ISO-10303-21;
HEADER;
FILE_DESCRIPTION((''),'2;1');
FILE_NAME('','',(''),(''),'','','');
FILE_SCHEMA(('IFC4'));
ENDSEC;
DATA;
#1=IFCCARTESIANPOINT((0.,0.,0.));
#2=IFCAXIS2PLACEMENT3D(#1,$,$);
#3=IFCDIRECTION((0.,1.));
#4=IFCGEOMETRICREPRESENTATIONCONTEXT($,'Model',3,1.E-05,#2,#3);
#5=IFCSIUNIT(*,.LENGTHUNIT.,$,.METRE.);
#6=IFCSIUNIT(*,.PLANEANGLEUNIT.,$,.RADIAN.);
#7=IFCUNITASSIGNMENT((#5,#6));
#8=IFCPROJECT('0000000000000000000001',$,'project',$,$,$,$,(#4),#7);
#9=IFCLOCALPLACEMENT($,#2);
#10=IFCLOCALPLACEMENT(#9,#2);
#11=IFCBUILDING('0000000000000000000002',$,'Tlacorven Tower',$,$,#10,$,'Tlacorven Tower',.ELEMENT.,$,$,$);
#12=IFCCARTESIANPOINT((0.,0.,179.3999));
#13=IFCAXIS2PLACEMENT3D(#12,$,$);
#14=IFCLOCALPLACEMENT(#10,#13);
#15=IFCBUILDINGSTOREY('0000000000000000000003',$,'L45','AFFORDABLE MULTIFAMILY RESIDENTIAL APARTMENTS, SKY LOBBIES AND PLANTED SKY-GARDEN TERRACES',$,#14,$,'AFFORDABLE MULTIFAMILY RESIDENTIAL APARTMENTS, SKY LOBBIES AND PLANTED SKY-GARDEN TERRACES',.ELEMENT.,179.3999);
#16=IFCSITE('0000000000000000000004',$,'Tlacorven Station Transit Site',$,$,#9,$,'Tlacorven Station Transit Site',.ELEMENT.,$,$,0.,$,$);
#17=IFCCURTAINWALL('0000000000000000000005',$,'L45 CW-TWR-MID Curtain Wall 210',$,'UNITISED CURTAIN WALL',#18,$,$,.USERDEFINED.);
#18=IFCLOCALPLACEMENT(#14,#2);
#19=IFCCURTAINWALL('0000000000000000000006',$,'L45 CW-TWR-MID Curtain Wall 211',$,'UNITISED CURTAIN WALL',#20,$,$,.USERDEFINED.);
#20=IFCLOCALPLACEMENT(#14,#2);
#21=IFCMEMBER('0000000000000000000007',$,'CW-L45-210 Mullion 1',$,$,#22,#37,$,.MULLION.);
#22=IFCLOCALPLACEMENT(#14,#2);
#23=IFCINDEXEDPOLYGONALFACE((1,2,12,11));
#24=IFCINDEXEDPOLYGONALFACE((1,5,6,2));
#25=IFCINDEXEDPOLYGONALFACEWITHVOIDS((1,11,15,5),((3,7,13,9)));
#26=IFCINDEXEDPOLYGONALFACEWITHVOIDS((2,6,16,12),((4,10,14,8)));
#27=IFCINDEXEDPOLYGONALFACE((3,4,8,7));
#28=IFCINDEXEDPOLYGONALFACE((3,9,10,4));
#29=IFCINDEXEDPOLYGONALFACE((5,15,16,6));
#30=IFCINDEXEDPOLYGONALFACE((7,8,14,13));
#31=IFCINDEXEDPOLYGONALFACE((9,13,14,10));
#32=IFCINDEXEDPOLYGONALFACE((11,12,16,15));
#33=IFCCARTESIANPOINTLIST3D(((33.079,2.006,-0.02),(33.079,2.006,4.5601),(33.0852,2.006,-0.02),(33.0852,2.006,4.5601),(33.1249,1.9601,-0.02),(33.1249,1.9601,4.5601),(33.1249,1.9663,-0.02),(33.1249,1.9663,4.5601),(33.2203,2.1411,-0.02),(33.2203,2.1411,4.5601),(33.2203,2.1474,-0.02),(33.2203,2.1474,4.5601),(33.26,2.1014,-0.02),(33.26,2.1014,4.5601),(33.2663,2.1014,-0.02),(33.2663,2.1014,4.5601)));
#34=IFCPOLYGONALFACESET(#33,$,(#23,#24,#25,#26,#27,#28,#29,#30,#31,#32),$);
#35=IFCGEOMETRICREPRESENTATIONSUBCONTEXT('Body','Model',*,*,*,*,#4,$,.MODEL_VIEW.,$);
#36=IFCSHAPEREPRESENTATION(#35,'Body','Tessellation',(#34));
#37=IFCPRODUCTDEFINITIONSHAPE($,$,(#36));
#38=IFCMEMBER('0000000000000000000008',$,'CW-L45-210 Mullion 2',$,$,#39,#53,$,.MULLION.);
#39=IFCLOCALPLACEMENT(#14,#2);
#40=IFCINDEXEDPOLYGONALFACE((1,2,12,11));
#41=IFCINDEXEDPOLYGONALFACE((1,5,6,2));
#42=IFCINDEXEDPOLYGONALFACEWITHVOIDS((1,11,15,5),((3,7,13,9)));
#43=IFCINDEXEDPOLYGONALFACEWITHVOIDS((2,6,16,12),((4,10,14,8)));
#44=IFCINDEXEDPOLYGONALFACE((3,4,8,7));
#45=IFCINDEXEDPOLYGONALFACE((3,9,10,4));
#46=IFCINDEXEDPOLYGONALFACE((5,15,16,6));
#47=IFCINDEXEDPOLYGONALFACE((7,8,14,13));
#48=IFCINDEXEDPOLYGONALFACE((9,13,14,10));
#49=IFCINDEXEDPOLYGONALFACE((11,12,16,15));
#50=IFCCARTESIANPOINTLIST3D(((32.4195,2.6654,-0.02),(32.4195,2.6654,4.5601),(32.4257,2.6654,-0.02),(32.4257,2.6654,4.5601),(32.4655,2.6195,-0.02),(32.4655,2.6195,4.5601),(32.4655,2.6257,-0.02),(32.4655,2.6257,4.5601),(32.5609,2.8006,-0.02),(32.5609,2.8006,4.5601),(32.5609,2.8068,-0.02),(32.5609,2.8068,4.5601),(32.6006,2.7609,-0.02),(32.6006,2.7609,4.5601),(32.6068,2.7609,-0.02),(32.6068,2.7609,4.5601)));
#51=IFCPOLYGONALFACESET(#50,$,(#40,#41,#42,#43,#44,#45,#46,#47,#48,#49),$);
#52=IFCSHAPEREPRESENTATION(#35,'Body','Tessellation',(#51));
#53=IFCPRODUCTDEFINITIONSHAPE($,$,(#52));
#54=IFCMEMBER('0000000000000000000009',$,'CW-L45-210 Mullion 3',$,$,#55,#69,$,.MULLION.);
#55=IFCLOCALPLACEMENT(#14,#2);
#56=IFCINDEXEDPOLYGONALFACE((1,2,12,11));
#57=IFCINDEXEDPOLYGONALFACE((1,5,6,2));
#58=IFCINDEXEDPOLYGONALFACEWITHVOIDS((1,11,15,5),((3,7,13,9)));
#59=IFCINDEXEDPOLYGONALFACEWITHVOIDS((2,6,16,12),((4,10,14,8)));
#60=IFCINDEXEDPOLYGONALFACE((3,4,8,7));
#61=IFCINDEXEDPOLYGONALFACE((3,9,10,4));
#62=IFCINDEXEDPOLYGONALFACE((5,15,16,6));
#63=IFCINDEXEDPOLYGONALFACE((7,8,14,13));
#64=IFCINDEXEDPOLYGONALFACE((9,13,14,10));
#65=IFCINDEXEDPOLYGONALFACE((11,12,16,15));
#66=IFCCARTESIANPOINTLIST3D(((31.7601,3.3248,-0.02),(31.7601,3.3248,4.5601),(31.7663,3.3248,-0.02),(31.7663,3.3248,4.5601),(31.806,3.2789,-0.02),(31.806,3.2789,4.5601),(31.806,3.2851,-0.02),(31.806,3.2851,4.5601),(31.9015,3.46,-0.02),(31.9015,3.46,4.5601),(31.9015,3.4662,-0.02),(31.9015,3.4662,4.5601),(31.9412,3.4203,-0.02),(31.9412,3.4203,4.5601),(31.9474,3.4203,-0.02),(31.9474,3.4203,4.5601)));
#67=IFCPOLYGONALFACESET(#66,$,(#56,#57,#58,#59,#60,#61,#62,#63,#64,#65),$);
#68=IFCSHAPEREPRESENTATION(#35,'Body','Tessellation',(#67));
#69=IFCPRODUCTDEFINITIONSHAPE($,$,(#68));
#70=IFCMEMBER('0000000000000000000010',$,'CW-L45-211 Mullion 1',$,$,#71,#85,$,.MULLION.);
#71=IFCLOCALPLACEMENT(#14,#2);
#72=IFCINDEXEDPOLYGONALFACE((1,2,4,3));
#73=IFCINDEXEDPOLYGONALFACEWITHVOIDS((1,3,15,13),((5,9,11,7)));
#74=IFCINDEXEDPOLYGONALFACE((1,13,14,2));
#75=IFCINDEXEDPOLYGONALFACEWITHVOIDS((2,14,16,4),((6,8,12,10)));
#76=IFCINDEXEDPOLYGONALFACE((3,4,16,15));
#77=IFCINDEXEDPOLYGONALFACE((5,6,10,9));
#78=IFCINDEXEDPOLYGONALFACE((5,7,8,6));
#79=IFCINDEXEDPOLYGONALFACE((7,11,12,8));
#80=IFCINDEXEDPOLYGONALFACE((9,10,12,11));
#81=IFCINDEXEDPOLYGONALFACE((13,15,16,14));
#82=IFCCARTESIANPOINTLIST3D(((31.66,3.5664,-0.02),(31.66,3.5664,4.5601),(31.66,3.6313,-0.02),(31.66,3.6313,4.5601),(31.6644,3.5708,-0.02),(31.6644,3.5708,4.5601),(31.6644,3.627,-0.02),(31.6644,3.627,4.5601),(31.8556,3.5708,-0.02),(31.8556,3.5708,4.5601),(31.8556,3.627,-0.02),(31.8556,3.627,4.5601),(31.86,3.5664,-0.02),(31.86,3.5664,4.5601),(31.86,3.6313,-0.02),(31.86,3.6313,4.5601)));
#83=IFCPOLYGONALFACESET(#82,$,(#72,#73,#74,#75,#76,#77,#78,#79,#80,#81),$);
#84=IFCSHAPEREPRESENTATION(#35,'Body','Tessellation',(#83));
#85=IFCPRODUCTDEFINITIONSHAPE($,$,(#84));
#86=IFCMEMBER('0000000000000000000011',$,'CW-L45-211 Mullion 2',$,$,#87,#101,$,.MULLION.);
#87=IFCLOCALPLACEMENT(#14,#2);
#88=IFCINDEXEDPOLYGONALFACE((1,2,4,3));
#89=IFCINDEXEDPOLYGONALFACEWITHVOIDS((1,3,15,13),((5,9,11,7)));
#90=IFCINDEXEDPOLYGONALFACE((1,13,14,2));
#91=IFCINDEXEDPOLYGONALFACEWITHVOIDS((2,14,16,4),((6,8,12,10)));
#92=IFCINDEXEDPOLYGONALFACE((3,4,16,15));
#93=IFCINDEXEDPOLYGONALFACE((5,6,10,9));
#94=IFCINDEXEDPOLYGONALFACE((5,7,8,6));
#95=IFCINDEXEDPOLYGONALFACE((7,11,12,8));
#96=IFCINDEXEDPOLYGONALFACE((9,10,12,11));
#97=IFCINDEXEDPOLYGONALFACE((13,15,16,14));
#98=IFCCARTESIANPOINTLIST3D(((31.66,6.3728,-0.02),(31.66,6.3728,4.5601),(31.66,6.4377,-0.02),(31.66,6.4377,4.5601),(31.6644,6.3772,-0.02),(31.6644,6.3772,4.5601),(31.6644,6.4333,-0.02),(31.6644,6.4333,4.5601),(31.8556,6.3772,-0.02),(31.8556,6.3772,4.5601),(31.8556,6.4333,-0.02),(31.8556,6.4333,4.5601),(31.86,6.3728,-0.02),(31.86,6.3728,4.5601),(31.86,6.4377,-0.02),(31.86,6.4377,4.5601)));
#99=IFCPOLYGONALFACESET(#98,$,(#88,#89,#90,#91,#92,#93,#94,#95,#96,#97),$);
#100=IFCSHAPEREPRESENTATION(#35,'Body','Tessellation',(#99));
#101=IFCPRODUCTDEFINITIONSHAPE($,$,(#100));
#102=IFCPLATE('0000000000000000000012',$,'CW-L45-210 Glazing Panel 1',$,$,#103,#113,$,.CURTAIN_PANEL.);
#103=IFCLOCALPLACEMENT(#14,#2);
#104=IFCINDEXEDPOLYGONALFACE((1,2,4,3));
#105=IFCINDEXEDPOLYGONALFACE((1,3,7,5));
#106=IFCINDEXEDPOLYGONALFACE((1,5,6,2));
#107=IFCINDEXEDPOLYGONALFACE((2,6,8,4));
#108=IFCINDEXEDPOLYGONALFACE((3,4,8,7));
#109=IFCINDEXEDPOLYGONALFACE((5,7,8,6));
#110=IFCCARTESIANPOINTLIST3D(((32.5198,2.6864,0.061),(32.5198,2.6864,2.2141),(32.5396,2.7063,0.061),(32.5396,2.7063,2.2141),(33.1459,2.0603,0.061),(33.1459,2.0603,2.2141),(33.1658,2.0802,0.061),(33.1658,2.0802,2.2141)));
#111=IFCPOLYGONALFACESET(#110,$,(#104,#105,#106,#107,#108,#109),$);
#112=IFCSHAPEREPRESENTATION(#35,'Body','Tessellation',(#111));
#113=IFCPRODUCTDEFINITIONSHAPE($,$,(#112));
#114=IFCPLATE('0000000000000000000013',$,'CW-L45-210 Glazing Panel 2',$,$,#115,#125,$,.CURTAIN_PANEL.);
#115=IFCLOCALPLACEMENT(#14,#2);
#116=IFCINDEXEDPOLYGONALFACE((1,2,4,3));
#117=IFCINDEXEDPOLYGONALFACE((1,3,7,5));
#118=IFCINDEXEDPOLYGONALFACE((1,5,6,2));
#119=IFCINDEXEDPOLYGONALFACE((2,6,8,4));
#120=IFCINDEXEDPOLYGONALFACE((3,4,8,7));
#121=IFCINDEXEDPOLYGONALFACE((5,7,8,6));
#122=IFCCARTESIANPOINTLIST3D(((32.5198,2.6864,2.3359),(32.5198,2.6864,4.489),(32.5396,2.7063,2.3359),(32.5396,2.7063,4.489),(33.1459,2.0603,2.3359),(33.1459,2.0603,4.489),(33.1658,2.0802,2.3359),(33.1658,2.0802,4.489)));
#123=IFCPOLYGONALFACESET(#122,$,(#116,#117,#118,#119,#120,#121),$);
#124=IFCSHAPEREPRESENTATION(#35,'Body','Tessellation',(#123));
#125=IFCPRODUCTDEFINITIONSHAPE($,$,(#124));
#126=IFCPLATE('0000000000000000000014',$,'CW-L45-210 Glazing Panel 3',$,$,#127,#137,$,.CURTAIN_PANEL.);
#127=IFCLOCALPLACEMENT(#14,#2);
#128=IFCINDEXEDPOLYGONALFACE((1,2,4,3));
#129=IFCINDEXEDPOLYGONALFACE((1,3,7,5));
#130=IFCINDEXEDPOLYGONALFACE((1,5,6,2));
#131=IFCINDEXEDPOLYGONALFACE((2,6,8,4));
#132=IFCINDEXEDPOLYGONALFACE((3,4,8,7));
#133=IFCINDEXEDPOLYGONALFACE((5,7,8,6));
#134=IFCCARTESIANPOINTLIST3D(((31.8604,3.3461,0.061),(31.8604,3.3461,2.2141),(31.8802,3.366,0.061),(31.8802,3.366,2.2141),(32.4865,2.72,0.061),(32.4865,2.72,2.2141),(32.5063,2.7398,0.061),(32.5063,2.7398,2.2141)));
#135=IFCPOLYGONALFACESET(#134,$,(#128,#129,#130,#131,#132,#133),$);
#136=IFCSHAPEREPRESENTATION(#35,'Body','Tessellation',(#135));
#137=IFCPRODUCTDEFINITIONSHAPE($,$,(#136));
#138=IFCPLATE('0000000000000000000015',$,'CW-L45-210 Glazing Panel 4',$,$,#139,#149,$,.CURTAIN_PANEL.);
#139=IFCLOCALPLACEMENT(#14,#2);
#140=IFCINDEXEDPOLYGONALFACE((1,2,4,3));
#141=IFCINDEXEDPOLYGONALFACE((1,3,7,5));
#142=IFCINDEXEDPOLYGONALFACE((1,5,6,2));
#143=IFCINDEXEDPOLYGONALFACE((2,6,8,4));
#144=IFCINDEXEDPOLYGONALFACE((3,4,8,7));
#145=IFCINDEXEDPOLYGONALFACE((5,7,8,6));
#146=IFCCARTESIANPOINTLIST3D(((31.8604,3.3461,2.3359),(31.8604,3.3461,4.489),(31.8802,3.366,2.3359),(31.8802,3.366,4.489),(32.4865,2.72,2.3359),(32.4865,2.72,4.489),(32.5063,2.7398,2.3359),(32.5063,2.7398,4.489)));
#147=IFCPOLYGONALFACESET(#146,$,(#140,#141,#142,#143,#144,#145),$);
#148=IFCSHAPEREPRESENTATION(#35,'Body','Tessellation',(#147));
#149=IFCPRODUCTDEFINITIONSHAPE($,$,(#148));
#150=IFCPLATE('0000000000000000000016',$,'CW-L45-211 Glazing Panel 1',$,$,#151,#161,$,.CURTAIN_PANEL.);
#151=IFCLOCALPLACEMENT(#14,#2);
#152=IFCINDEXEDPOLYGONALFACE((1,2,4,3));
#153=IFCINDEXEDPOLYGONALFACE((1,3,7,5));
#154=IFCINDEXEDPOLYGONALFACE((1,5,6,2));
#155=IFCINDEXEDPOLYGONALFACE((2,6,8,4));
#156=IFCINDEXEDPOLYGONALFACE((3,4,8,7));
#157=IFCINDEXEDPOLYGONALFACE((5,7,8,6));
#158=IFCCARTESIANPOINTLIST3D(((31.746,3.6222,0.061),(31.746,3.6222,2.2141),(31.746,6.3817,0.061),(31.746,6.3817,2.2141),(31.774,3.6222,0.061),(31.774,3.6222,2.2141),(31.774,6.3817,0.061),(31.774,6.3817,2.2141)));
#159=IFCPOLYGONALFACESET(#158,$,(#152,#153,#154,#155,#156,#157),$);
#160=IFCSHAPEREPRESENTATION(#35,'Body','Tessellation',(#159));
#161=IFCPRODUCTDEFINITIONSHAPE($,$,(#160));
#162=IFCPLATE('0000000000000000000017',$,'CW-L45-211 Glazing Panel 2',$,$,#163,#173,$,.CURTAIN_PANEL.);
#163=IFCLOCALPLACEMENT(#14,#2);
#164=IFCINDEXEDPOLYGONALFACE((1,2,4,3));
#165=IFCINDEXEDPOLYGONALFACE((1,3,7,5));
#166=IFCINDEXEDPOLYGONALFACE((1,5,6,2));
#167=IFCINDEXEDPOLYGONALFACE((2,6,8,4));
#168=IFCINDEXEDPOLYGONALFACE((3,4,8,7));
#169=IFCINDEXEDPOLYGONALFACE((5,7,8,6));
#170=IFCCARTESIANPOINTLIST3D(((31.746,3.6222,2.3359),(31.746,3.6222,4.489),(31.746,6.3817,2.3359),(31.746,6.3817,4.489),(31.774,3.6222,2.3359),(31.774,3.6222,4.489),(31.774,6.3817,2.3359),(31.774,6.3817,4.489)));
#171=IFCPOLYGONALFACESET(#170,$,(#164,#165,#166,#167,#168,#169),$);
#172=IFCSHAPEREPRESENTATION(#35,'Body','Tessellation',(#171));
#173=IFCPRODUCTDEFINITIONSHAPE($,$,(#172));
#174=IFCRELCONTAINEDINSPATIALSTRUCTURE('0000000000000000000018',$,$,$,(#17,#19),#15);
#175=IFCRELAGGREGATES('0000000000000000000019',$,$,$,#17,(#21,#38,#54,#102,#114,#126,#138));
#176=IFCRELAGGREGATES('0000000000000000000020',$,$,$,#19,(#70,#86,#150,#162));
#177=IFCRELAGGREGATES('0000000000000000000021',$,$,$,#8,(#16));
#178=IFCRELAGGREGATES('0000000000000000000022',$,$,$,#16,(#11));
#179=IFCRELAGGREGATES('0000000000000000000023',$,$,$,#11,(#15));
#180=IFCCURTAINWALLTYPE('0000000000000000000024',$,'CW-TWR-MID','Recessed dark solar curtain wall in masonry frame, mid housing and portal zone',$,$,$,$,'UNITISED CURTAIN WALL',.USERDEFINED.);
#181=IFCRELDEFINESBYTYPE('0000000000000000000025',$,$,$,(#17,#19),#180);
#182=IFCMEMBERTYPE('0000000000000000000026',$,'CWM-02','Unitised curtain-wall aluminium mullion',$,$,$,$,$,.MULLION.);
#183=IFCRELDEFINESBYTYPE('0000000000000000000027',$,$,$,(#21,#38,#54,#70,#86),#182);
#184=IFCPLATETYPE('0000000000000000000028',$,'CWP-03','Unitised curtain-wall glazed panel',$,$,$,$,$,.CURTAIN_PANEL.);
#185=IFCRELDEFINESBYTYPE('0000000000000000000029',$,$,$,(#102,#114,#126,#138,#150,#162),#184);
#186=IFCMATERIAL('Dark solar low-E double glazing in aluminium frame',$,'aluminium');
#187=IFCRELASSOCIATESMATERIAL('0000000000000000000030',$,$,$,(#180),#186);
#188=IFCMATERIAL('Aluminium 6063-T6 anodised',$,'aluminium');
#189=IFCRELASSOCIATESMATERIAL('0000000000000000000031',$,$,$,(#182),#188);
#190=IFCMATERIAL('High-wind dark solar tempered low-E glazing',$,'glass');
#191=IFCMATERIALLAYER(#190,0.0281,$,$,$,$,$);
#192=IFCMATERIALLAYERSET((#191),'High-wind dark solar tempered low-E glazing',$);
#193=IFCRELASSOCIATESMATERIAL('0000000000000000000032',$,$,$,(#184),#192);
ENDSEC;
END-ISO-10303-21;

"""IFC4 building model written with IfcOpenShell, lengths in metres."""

from ifc_helpers import new_model, si_unit, direction, frame, origin, origin_2d, place, context, subcontext, project, spatial, rectangle, hollow_rectangle, extrude, source, transform, mapped, material, layer, layer_set, material_profile, profile_set, type_object, element, aggregate, save


model = new_model("IFC4")

# Units and contexts
model_context = context("Model", 3, precision=1e-05, world=origin(), true_north=direction((0.0, 1.0)))
body_context = subcontext(model_context, "Body", "Model", "MODEL_VIEW")
ifc_project = project(units=[si_unit("LENGTHUNIT", "METRE"), si_unit("PLANEANGLEUNIT", "RADIAN")], contexts=[model_context])

# Site, building, storey
site_placement = place(None, origin())
site = spatial("IfcSite", under=ifc_project, at=site_placement, Name="Tlacorven Station Transit Site", LongName="Tlacorven Station Transit Site", CompositionType="ELEMENT", RefElevation=0.0)
building_placement = place(site_placement, origin())
building = spatial("IfcBuilding", under=site, at=building_placement, Name="Tlacorven Tower", LongName="Tlacorven Tower", CompositionType="ELEMENT")
storey_placement = place(building_placement, frame((0.0, 0.0, 179.3999)))
storey = spatial("IfcBuildingStorey", under=building, at=storey_placement, Name="L45", Description="AFFORDABLE MULTIFAMILY RESIDENTIAL APARTMENTS, SKY LOBBIES AND PLANTED SKY-GARDEN TERRACES", LongName="AFFORDABLE MULTIFAMILY RESIDENTIAL APARTMENTS, SKY LOBBIES AND PLANTED SKY-GARDEN TERRACES", CompositionType="ELEMENT", Elevation=179.3999)

# Curtain walls
ifc_material_1 = material(Name="Dark solar low-E double glazing in aluminium frame", Category="aluminium")
curtain_wall_type = type_object("IfcCurtainWallType", Name="CW-TWR-MID", Description="Recessed dark solar curtain wall in masonry frame, mid housing and portal zone", ElementType="UNITISED CURTAIN WALL", PredefinedType="USERDEFINED", material=ifc_material_1)
curtain_wall_1_placement = place(storey_placement, origin())
curtain_wall_1 = element("IfcCurtainWall", 1, at=curtain_wall_1_placement, inside=storey, type_object=curtain_wall_type, Name="L45 CW-TWR-MID Curtain Wall 210", ObjectType="UNITISED CURTAIN WALL", PredefinedType="USERDEFINED")
ifc_material_2 = material(Name="Aluminium 6063-T6 anodised", Category="aluminium")
curtain_wall_2_placement = place(storey_placement, origin())
curtain_wall_2 = element("IfcCurtainWall", 2, at=curtain_wall_2_placement, inside=storey, type_object=curtain_wall_type, Name="L45 CW-TWR-MID Curtain Wall 211", ObjectType="UNITISED CURTAIN WALL", PredefinedType="USERDEFINED")

# Shared definitions
ifc_material_profile_1 = material_profile(ifc_material_2, hollow_rectangle(XDim=0.0649, YDim=0.2, WallThickness=0.0044, at=origin_2d()), Name="ALU MULLION 65X200")
ifc_profile_set_1 = profile_set([ifc_material_profile_1], Name="Aluminium 6063-T6 anodised")
member_type_1 = type_object("IfcMemberType", Name="CWM-02", Description="Unitised curtain-wall aluminium mullion", PredefinedType="MULLION", material=ifc_profile_set_1)
shared_shape_1 = source(origin(), body_context, "Body", "SweptSolid", [
    extrude(hollow_rectangle(XDim=0.0649, YDim=0.2, WallThickness=0.0044, at=origin_2d()), origin(), (0.0, 0.0, 1.0), 4.5801),
])

# Members
member_1_placement = place(storey_placement, frame((33.1726, 2.0537, -0.02), z_axis=(0.0, 0.0, 1.0), x_axis=(-0.707107, 0.707107, 0.0)))
member_1 = element("IfcMember", 3, at=member_1_placement, type_object=member_type_1, Name="CW-L45-210 Mullion 1", PredefinedType="MULLION", context=body_context, shape_type="MappedRepresentation", body=[
    mapped(shared_shape_1, transform((0.0, 0.0, 0.0), scale=1.0)),
])
member_2_placement = place(storey_placement, frame((32.5132, 2.7131, -0.02), z_axis=(0.0, 0.0, 1.0), x_axis=(-0.707107, 0.707107, 0.0)))
member_2 = element("IfcMember", 4, at=member_2_placement, type_object=member_type_1, Name="CW-L45-210 Mullion 2", PredefinedType="MULLION", context=body_context, shape_type="MappedRepresentation", body=[
    mapped(shared_shape_1, transform((0.0, 0.0, 0.0), scale=1.0)),
])
member_3_placement = place(storey_placement, frame((31.8538, 3.3726, -0.02), z_axis=(0.0, 0.0, 1.0), x_axis=(-0.707107, 0.707107, 0.0)))
member_3 = element("IfcMember", 5, at=member_3_placement, type_object=member_type_1, Name="CW-L45-210 Mullion 3", PredefinedType="MULLION", context=body_context, shape_type="MappedRepresentation", body=[
    mapped(shared_shape_1, transform((0.0, 0.0, 0.0), scale=1.0)),
])
member_4_placement = place(storey_placement, frame((31.76, 3.5989, -0.02), z_axis=(0.0, 0.0, 1.0), x_axis=(0.0, 1.0, 0.0)))
member_4 = element("IfcMember", 6, at=member_4_placement, type_object=member_type_1, Name="CW-L45-211 Mullion 1", PredefinedType="MULLION", context=body_context, shape_type="MappedRepresentation", body=[
    mapped(shared_shape_1, transform((0.0, 0.0, 0.0), scale=1.0)),
])
member_5_placement = place(storey_placement, frame((31.76, 6.4053, -0.02), z_axis=(0.0, 0.0, 1.0), x_axis=(0.0, 1.0, 0.0)))
member_5 = element("IfcMember", 7, at=member_5_placement, type_object=member_type_1, Name="CW-L45-211 Mullion 2", PredefinedType="MULLION", context=body_context, shape_type="MappedRepresentation", body=[
    mapped(shared_shape_1, transform((0.0, 0.0, 0.0), scale=1.0)),
])

# Plates
ifc_material_3 = material(Name="High-wind dark solar tempered low-E glazing", Category="glass")
ifc_layer = layer(ifc_material_3, 0.0281)
ifc_layer_set = layer_set([ifc_layer], Name="High-wind dark solar tempered low-E glazing")
plate_type = type_object("IfcPlateType", Name="CWP-03", Description="Unitised curtain-wall glazed panel", PredefinedType="CURTAIN_PANEL", material=ifc_layer_set)
shared_shape_2 = source(origin(), body_context, "Body", "SweptSolid", [
    extrude(rectangle(XDim=0.8855, YDim=0.0281, at=origin_2d()), origin(), (0.0, 0.0, 1.0), 2.1531),
])
plate_1_placement = place(storey_placement, frame((32.8428, 2.3833, 0.061), z_axis=(0.0, 0.0, 1.0), x_axis=(-0.707107, 0.707107, 0.0)))
plate_1 = element("IfcPlate", 8, at=plate_1_placement, type_object=plate_type, Name="CW-L45-210 Glazing Panel 1", PredefinedType="CURTAIN_PANEL", context=body_context, shape_type="MappedRepresentation", body=[
    mapped(shared_shape_2, transform((0.0, 0.0, 0.0), scale=1.0)),
])
plate_2_placement = place(storey_placement, frame((32.8428, 2.3833, 2.3359), z_axis=(0.0, 0.0, 1.0), x_axis=(-0.707107, 0.707107, 0.0)))
plate_2 = element("IfcPlate", 9, at=plate_2_placement, type_object=plate_type, Name="CW-L45-210 Glazing Panel 2", PredefinedType="CURTAIN_PANEL", context=body_context, shape_type="MappedRepresentation", body=[
    mapped(shared_shape_2, transform((0.0, 0.0, 0.0), scale=1.0)),
])
plate_3_placement = place(storey_placement, frame((32.1833, 3.043, 0.061), z_axis=(0.0, 0.0, 1.0), x_axis=(-0.707107, 0.707107, 0.0)))
plate_3 = element("IfcPlate", 10, at=plate_3_placement, type_object=plate_type, Name="CW-L45-210 Glazing Panel 3", PredefinedType="CURTAIN_PANEL", context=body_context, shape_type="MappedRepresentation", body=[
    mapped(shared_shape_2, transform((0.0, 0.0, 0.0), scale=1.0)),
])
plate_4_placement = place(storey_placement, frame((32.1833, 3.043, 2.3359), z_axis=(0.0, 0.0, 1.0), x_axis=(-0.707107, 0.707107, 0.0)))
plate_4 = element("IfcPlate", 11, at=plate_4_placement, type_object=plate_type, Name="CW-L45-210 Glazing Panel 4", PredefinedType="CURTAIN_PANEL", context=body_context, shape_type="MappedRepresentation", body=[
    mapped(shared_shape_2, transform((0.0, 0.0, 0.0), scale=1.0)),
])
aggregate(curtain_wall_1, [member_1, member_2, member_3, plate_1, plate_2, plate_3, plate_4])
shared_shape_3 = source(origin(), body_context, "Body", "SweptSolid", [
    extrude(rectangle(XDim=2.7595, YDim=0.0281, at=origin_2d()), origin(), (0.0, 0.0, 1.0), 2.1531),
])
plate_5_placement = place(storey_placement, frame((31.76, 5.002, 0.061), z_axis=(0.0, 0.0, 1.0), x_axis=(0.0, 1.0, 0.0)))
plate_5 = element("IfcPlate", 12, at=plate_5_placement, type_object=plate_type, Name="CW-L45-211 Glazing Panel 1", PredefinedType="CURTAIN_PANEL", context=body_context, shape_type="MappedRepresentation", body=[
    mapped(shared_shape_3, transform((0.0, 0.0, 0.0), scale=1.0)),
])
plate_6_placement = place(storey_placement, frame((31.76, 5.002, 2.3359), z_axis=(0.0, 0.0, 1.0), x_axis=(0.0, 1.0, 0.0)))
plate_6 = element("IfcPlate", 13, at=plate_6_placement, type_object=plate_type, Name="CW-L45-211 Glazing Panel 2", PredefinedType="CURTAIN_PANEL", context=body_context, shape_type="MappedRepresentation", body=[
    mapped(shared_shape_3, transform((0.0, 0.0, 0.0), scale=1.0)),
])
aggregate(curtain_wall_2, [member_4, member_5, plate_5, plate_6])

save(model, "model.ifc")
